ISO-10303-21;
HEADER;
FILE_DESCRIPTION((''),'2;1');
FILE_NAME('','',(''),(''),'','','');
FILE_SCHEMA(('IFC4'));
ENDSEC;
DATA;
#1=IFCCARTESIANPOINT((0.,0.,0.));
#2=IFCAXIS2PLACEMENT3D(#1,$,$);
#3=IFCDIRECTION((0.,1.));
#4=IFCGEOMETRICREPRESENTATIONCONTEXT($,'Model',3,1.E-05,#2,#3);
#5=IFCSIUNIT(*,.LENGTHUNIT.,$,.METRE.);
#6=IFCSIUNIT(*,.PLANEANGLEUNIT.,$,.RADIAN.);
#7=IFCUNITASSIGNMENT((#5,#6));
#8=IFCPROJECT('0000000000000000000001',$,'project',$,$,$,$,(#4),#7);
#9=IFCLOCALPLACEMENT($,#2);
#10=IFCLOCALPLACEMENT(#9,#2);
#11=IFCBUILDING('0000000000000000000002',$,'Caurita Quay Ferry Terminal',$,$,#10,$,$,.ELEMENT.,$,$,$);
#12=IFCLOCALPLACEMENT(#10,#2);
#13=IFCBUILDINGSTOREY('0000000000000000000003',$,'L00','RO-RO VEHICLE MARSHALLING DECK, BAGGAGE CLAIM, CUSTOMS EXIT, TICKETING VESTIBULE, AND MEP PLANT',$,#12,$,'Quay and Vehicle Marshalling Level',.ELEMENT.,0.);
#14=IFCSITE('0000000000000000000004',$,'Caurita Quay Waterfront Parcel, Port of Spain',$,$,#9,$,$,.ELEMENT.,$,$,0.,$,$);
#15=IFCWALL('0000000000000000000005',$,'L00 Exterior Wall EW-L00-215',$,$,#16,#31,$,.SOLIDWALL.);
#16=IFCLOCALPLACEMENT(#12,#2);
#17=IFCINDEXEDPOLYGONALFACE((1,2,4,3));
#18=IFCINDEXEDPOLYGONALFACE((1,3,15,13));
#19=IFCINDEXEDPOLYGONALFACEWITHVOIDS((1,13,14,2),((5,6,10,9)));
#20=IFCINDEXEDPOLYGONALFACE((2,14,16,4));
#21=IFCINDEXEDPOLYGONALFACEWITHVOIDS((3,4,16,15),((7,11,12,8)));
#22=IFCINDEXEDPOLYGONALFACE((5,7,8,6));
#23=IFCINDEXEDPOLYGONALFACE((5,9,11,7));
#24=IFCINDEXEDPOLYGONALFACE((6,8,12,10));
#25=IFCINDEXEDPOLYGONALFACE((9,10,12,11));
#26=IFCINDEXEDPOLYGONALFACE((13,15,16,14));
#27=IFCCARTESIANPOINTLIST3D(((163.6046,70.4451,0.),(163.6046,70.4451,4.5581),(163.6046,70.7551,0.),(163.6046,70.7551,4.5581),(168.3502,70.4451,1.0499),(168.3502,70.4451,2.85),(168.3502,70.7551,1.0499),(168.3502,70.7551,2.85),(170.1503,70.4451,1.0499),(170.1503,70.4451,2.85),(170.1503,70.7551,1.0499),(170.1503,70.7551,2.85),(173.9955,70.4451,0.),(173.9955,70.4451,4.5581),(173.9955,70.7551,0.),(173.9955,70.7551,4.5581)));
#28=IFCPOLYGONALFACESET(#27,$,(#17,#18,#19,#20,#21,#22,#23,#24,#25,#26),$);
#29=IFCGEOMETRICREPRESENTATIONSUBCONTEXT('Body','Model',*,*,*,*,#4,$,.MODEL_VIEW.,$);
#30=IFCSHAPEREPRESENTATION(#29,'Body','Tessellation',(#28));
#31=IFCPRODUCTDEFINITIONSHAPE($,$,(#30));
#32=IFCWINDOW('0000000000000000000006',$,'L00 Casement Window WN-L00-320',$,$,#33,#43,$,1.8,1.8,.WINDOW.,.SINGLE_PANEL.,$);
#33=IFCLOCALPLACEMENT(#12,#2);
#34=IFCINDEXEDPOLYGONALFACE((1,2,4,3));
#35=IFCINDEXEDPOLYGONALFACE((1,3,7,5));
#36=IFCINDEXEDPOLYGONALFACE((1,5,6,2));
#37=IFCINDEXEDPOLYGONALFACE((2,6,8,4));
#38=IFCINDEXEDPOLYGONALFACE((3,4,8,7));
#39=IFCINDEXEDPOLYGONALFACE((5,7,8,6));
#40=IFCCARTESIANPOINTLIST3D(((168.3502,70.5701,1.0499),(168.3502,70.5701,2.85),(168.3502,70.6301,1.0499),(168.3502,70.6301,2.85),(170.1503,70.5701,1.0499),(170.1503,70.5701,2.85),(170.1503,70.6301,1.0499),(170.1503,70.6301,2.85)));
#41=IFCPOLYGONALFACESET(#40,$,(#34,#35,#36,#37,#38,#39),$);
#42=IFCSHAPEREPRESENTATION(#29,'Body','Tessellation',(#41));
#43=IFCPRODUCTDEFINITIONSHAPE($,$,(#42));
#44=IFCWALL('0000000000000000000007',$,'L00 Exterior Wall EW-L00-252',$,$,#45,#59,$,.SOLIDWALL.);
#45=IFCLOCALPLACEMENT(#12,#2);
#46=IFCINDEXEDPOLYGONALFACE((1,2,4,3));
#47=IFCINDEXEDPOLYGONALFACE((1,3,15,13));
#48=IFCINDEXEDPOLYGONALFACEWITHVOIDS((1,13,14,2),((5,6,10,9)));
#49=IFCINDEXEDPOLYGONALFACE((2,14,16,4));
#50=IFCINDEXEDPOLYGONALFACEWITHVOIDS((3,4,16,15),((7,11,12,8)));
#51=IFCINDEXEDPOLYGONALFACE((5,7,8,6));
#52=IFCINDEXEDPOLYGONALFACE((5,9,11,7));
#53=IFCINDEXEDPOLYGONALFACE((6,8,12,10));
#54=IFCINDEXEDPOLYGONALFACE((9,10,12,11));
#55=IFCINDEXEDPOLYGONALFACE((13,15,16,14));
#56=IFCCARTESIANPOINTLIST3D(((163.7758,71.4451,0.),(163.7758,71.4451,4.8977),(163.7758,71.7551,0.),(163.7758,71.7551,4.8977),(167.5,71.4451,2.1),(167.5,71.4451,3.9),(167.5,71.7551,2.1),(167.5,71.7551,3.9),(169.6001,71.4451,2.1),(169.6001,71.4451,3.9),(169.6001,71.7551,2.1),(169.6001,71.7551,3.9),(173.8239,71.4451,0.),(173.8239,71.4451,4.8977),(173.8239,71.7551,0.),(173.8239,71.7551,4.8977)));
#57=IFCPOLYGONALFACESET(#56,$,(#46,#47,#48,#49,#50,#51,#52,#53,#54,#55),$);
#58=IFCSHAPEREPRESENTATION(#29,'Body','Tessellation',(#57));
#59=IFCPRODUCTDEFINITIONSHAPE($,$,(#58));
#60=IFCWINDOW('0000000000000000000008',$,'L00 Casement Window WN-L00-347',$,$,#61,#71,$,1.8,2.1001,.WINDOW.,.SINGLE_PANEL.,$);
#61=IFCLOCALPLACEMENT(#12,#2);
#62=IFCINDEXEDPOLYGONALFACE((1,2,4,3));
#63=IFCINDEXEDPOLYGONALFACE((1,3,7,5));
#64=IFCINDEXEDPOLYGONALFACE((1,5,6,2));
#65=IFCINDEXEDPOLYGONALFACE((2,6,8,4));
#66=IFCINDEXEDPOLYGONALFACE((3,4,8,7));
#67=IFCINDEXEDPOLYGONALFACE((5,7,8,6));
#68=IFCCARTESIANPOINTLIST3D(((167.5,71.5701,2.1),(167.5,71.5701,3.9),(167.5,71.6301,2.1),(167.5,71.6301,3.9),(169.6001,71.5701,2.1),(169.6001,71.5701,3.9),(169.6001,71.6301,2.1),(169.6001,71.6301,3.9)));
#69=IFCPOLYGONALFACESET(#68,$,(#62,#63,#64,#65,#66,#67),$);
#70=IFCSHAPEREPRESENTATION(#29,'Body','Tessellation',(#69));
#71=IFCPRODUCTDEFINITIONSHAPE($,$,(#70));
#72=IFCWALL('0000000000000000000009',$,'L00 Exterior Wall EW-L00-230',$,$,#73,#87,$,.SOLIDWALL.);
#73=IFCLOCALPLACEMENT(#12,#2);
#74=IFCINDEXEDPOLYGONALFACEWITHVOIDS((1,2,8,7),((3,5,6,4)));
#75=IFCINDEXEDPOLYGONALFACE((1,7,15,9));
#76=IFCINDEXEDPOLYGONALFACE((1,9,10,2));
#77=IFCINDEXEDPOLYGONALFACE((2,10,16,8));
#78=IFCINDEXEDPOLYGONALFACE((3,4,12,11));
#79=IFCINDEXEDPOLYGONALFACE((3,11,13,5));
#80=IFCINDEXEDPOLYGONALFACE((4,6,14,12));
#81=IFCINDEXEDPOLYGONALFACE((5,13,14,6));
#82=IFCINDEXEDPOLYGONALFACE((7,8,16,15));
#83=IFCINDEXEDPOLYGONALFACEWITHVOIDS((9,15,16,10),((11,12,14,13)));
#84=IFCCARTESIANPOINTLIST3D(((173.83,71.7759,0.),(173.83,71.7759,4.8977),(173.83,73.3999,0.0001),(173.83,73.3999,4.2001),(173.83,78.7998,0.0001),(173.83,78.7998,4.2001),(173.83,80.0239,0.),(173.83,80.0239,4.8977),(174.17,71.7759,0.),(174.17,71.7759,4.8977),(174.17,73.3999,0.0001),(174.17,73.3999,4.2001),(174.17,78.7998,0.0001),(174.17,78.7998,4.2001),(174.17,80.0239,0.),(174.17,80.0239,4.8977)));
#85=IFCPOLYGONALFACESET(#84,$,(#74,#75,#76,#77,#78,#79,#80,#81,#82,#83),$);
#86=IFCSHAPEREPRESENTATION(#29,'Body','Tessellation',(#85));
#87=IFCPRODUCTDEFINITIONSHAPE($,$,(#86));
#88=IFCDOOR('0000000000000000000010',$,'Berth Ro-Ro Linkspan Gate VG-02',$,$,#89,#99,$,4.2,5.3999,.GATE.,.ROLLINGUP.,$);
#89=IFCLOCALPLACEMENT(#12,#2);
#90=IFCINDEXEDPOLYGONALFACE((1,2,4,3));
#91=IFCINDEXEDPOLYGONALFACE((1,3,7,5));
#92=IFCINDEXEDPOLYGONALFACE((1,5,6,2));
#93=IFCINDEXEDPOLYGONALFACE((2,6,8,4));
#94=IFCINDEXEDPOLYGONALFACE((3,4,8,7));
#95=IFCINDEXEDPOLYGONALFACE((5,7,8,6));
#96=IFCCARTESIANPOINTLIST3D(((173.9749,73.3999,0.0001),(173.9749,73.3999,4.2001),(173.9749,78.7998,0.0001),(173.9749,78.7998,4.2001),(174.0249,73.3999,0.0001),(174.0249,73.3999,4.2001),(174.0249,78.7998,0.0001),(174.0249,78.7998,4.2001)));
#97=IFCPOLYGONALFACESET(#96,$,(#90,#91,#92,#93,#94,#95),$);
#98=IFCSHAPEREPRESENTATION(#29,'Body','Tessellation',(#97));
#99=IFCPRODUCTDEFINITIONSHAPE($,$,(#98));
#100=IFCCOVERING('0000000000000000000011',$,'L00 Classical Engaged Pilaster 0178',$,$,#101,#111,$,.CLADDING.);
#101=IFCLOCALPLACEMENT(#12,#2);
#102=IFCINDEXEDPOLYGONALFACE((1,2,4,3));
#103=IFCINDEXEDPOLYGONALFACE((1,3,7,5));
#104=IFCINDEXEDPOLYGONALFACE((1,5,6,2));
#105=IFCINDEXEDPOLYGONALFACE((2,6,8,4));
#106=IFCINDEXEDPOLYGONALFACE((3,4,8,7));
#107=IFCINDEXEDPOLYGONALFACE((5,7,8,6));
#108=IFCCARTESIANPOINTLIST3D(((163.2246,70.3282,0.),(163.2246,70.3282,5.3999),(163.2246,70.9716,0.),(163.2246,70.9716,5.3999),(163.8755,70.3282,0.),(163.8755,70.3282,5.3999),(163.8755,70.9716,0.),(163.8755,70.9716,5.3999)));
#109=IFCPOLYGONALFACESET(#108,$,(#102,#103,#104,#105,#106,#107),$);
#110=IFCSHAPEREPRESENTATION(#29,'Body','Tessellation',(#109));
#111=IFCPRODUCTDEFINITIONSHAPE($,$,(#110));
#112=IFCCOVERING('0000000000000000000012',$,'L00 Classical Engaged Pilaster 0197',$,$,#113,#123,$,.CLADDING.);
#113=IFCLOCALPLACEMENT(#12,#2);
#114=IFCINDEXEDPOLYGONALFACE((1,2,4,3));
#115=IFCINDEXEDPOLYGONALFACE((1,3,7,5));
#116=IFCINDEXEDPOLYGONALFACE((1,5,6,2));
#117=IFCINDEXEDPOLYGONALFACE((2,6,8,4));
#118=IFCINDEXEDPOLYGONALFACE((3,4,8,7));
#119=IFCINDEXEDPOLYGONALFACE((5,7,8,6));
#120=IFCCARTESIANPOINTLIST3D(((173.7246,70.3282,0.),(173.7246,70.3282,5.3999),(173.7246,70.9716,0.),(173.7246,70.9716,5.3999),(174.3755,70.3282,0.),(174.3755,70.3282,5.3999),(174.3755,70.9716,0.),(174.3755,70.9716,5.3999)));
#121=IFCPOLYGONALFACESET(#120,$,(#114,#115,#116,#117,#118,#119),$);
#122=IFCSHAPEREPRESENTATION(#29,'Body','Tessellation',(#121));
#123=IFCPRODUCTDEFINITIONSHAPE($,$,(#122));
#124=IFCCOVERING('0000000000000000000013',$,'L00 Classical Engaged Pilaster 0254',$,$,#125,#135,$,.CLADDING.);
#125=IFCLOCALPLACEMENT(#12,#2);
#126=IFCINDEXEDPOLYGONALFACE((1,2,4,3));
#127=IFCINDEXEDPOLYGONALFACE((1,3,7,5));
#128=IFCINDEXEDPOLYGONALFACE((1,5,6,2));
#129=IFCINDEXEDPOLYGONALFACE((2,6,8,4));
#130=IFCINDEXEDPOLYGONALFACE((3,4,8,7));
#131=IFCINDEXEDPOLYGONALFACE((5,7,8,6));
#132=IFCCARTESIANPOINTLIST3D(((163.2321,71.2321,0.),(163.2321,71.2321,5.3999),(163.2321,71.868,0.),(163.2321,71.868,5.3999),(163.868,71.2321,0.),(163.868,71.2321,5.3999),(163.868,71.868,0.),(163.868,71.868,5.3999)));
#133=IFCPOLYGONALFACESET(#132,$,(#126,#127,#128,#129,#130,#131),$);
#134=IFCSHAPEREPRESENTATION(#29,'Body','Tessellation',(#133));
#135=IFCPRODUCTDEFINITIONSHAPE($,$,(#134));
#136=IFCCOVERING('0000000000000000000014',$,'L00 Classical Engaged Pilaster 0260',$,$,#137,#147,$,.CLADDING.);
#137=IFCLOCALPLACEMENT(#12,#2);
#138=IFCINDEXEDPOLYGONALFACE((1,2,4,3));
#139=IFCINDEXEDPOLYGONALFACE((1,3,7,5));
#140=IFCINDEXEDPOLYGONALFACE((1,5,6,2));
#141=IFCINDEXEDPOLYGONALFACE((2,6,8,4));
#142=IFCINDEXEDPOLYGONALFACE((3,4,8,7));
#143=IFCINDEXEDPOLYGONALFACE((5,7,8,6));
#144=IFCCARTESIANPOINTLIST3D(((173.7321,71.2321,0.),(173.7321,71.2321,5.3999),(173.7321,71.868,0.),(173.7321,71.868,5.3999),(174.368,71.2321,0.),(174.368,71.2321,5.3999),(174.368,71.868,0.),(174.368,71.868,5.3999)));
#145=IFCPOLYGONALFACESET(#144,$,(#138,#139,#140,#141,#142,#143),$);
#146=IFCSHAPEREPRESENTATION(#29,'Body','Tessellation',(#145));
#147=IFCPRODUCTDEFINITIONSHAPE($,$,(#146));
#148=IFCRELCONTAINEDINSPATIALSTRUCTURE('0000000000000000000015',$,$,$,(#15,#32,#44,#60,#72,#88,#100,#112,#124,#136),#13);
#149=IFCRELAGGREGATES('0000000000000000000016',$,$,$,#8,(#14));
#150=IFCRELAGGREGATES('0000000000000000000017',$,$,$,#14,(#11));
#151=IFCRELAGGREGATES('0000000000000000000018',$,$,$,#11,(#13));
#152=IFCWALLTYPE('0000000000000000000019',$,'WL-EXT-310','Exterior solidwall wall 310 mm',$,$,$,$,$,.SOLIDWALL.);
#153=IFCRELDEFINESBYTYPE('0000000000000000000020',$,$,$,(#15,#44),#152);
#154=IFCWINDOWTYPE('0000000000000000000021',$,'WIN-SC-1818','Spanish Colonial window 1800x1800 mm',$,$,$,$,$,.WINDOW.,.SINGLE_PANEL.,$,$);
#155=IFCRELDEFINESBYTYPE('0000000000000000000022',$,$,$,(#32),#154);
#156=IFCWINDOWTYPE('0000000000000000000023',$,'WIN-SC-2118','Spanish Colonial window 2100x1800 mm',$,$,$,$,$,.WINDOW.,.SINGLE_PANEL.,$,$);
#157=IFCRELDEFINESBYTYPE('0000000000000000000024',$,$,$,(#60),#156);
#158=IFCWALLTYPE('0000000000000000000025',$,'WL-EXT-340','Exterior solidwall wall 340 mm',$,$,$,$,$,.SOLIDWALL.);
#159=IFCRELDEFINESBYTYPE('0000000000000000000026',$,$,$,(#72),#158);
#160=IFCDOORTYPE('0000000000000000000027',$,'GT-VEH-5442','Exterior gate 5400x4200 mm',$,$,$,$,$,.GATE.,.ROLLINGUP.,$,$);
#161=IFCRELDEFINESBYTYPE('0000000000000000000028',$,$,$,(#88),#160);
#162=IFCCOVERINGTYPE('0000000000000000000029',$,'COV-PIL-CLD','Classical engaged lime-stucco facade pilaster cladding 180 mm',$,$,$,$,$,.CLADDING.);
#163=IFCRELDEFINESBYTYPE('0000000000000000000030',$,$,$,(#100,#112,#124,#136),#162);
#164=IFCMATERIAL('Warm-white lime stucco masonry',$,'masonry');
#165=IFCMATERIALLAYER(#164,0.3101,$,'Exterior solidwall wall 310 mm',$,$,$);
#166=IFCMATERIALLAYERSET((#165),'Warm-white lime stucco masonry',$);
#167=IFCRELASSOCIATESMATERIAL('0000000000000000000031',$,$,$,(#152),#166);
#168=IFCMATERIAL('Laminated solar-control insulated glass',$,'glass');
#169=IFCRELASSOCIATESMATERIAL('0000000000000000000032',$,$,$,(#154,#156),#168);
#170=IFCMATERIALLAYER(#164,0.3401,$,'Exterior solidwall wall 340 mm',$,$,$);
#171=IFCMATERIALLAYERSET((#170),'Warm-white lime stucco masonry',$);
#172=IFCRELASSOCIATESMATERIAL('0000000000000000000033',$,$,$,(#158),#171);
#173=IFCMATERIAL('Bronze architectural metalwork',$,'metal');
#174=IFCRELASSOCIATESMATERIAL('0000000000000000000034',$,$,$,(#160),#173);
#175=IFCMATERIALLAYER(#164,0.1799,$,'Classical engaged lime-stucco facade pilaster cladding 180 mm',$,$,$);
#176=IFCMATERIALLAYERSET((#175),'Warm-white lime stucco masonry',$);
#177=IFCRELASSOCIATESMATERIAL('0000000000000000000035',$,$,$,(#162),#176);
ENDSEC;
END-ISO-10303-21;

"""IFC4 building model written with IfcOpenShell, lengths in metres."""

from ifc_helpers import new_model, si_unit, direction, frame, frame_2d, origin, origin_2d, place, context, subcontext, project, spatial, rectangle, extrude, material, layer, layer_set, type_object, element, fill, save


model = new_model("IFC4")

# Units and contexts
model_context = context("Model", 3, precision=1e-05, world=origin(), true_north=direction((0.0, 1.0)))
body_context = subcontext(model_context, "Body", "Model", "MODEL_VIEW")
ifc_project = project(units=[si_unit("LENGTHUNIT", "METRE"), si_unit("PLANEANGLEUNIT", "RADIAN")], contexts=[model_context])

# Site, building, storey
site_placement = place(None, origin())
site = spatial("IfcSite", under=ifc_project, at=site_placement, Name="Caurita Quay Waterfront Parcel, Port of Spain", CompositionType="ELEMENT", RefElevation=0.0)
building_placement = place(site_placement, origin())
building = spatial("IfcBuilding", under=site, at=building_placement, Name="Caurita Quay Ferry Terminal", CompositionType="ELEMENT")
storey_placement = place(building_placement, origin())
storey = spatial("IfcBuildingStorey", under=building, at=storey_placement, Name="L00", Description="RO-RO VEHICLE MARSHALLING DECK, BAGGAGE CLAIM, CUSTOMS EXIT, TICKETING VESTIBULE, AND MEP PLANT", LongName="Quay and Vehicle Marshalling Level", CompositionType="ELEMENT", Elevation=0.0)

# Walls, openings, windows
ifc_material_1 = material(Name="Warm-white lime stucco masonry", Category="masonry")
ifc_layer_1 = layer(ifc_material_1, 0.3101, Name="Exterior solidwall wall 310 mm")
ifc_layer_set_1 = layer_set([ifc_layer_1], Name="Warm-white lime stucco masonry")
wall_type_1 = type_object("IfcWallType", Name="WL-EXT-310", Description="Exterior solidwall wall 310 mm", PredefinedType="SOLIDWALL", material=ifc_layer_set_1)
ifc_material_2 = material(Name="Laminated solar-control insulated glass", Category="glass")
window_type_1 = type_object("IfcWindowType", Name="WIN-SC-1818", Description="Spanish Colonial window 1800x1800 mm", PartitioningType="SINGLE_PANEL", PredefinedType="WINDOW", material=ifc_material_2)
wall_1_placement = place(storey_placement, frame((173.9954, 70.6001, 0.0), z_axis=(0.0, 0.0, 1.0), x_axis=(-1.0, 0.0, 0.0)))
wall_1 = element("IfcWall", 1, at=wall_1_placement, inside=storey, type_object=wall_type_1, Name="L00 Exterior Wall EW-L00-215", PredefinedType="SOLIDWALL", context=body_context, shape_type="SweptSolid", body=[
    extrude(rectangle(XDim=10.3909, YDim=0.3101, at=frame_2d((5.1953, 0.0))), origin(), (0.0, 0.0, 1.0), 4.5581),
])
opening_1_placement = place(wall_1_placement, frame((3.8452, 0.0, 1.05)))
opening_1 = element("IfcOpeningElement", 2, at=opening_1_placement, cuts=wall_1, PredefinedType="OPENING", context=body_context, shape_type="SweptSolid", body=[
    extrude(rectangle(XDim=1.8, YDim=1.8, at=frame_2d((0.8999, 0.8999))), frame((0.0, 0.165, 0.0), z_axis=(0.0, -1.0, 0.0), x_axis=(1.0, 0.0, 0.0)), (0.0, 0.0, 1.0), 0.3301),
])
window_1_placement = place(opening_1_placement, origin())
window_1 = element("IfcWindow", 3, at=window_1_placement, inside=storey, type_object=window_type_1, Name="L00 Casement Window WN-L00-320", OverallHeight=1.8, OverallWidth=1.8, PartitioningType="SINGLE_PANEL", PredefinedType="WINDOW", context=body_context, shape_type="SweptSolid", body=[
    extrude(rectangle(XDim=1.8, YDim=1.8, at=frame_2d((0.8999, 0.8999))), frame((0.0, 0.03, 0.0), z_axis=(0.0, -1.0, 0.0), x_axis=(1.0, 0.0, 0.0)), (0.0, 0.0, 1.0), 0.0601),
])
fill(opening_1, window_1)
wall_2_placement = place(storey_placement, frame((163.7759, 71.6001, 0.0), z_axis=(0.0, 0.0, 1.0), x_axis=(1.0, 0.0, 0.0)))
wall_2 = element("IfcWall", 4, at=wall_2_placement, inside=storey, type_object=wall_type_1, Name="L00 Exterior Wall EW-L00-252", PredefinedType="SOLIDWALL", context=body_context, shape_type="SweptSolid", body=[
    extrude(rectangle(XDim=10.0481, YDim=0.3101, at=frame_2d((5.0239, 0.0))), origin(), (0.0, 0.0, 1.0), 4.8977),
])
opening_2_placement = place(wall_2_placement, frame((3.7241, 0.0, 2.1001)))
opening_2 = element("IfcOpeningElement", 5, at=opening_2_placement, cuts=wall_2, PredefinedType="OPENING", context=body_context, shape_type="SweptSolid", body=[
    extrude(rectangle(XDim=2.1001, YDim=1.8, at=frame_2d((1.05, 0.8999))), frame((0.0, 0.165, 0.0), z_axis=(0.0, -1.0, 0.0), x_axis=(1.0, 0.0, 0.0)), (0.0, 0.0, 1.0), 0.3301),
])
window_type_2 = type_object("IfcWindowType", Name="WIN-SC-2118", Description="Spanish Colonial window 2100x1800 mm", PartitioningType="SINGLE_PANEL", PredefinedType="WINDOW", material=ifc_material_2)
window_2_placement = place(opening_2_placement, origin())
window_2 = element("IfcWindow", 6, at=window_2_placement, inside=storey, type_object=window_type_2, Name="L00 Casement Window WN-L00-347", OverallHeight=1.8, OverallWidth=2.1001, PartitioningType="SINGLE_PANEL", PredefinedType="WINDOW", context=body_context, shape_type="SweptSolid", body=[
    extrude(rectangle(XDim=2.1001, YDim=1.8, at=frame_2d((1.05, 0.8999))), frame((0.0, 0.03, 0.0), z_axis=(0.0, -1.0, 0.0), x_axis=(1.0, 0.0, 0.0)), (0.0, 0.0, 1.0), 0.0601),
])
fill(opening_2, window_2)

# Wall, opening, door
ifc_layer_2 = layer(ifc_material_1, 0.3401, Name="Exterior solidwall wall 340 mm")
ifc_layer_set_2 = layer_set([ifc_layer_2], Name="Warm-white lime stucco masonry")
wall_type_2 = type_object("IfcWallType", Name="WL-EXT-340", Description="Exterior solidwall wall 340 mm", PredefinedType="SOLIDWALL", material=ifc_layer_set_2)
wall_3_placement = place(storey_placement, frame((174.0, 71.7759, 0.0), z_axis=(0.0, 0.0, 1.0), x_axis=(0.0, 1.0, 0.0)))
wall_3 = element("IfcWall", 7, at=wall_3_placement, inside=storey, type_object=wall_type_2, Name="L00 Exterior Wall EW-L00-230", PredefinedType="SOLIDWALL", context=body_context, shape_type="SweptSolid", body=[
    extrude(rectangle(XDim=8.248, YDim=0.3401, at=frame_2d((4.124, 0.0))), origin(), (0.0, 0.0, 1.0), 4.8977),
])
opening_3_placement = place(wall_3_placement, frame((1.624, 0.0, 0.0)))
opening_3 = element("IfcOpeningElement", 8, at=opening_3_placement, cuts=wall_3, PredefinedType="OPENING", context=body_context, shape_type="SweptSolid", body=[
    extrude(rectangle(XDim=5.3999, YDim=4.2, at=frame_2d((2.7, 2.1001))), frame((0.0, 0.1799, 0.0), z_axis=(0.0, -1.0, 0.0), x_axis=(1.0, 0.0, 0.0)), (0.0, 0.0, 1.0), 0.3601),
])
ifc_material_3 = material(Name="Bronze architectural metalwork", Category="metal")
door_type = type_object("IfcDoorType", Name="GT-VEH-5442", Description="Exterior gate 5400x4200 mm", OperationType="ROLLINGUP", PredefinedType="GATE", material=ifc_material_3)
door_placement = place(opening_3_placement, frame((5.3999, 0.0, 0.0), z_axis=(0.0, 0.0, 1.0), x_axis=(-1.0, 0.0, 0.0)))
door = element("IfcDoor", 9, at=door_placement, inside=storey, type_object=door_type, Name="Berth Ro-Ro Linkspan Gate VG-02", OperationType="ROLLINGUP", OverallHeight=4.2, OverallWidth=5.3999, PredefinedType="GATE", context=body_context, shape_type="SweptSolid", body=[
    extrude(rectangle(XDim=5.3999, YDim=4.2, at=frame_2d((2.7, 2.1001))), frame((0.0, 0.0249, 0.0), z_axis=(0.0, -1.0, 0.0), x_axis=(1.0, 0.0, 0.0)), (0.0, 0.0, 1.0), 0.05),
])
fill(opening_3, door)

# Coverings
ifc_layer_3 = layer(ifc_material_1, 0.1799, Name="Classical engaged lime-stucco facade pilaster cladding 180 mm")
ifc_layer_set_3 = layer_set([ifc_layer_3], Name="Warm-white lime stucco masonry")
covering_type = type_object("IfcCoveringType", Name="COV-PIL-CLD", Description="Classical engaged lime-stucco facade pilaster cladding 180 mm", PredefinedType="CLADDING", material=ifc_layer_set_3)
for number, where, z_axis, x_axis, name in (
    (10, (163.55, 70.6499, 0.0), (0.0, 0.0, 1.0), (1.0, 0.0, 0.0), "L00 Classical Engaged Pilaster 0178"),
    (11, (174.05, 70.6499, 0.0), (0.0, 0.0, 1.0), (1.0, 0.0, 0.0), "L00 Classical Engaged Pilaster 0197"),
):
    element("IfcCovering", number, at=place(storey_placement, frame(where, z_axis=z_axis, x_axis=x_axis)), inside=storey, type_object=covering_type, Name=name, PredefinedType="CLADDING", context=body_context, shape_type="SweptSolid", body=[
        extrude(rectangle(XDim=0.6509, YDim=0.6433, at=origin_2d()), origin(), (0.0, 0.0, 1.0), 5.3999),
    ])
for number, where, z_axis, x_axis, name in (
    (12, (163.55, 71.55, 0.0), (0.0, 0.0, 1.0), (1.0, 0.0, 0.0), "L00 Classical Engaged Pilaster 0254"),
    (13, (174.05, 71.55, 0.0), (0.0, 0.0, 1.0), (1.0, 0.0, 0.0), "L00 Classical Engaged Pilaster 0260"),
):
    element("IfcCovering", number, at=place(storey_placement, frame(where, z_axis=z_axis, x_axis=x_axis)), inside=storey, type_object=covering_type, Name=name, PredefinedType="CLADDING", context=body_context, shape_type="SweptSolid", body=[
        extrude(rectangle(XDim=0.636, YDim=0.636, at=origin_2d()), origin(), (0.0, 0.0, 1.0), 5.3999),
    ])

save(model, "model.ifc")
